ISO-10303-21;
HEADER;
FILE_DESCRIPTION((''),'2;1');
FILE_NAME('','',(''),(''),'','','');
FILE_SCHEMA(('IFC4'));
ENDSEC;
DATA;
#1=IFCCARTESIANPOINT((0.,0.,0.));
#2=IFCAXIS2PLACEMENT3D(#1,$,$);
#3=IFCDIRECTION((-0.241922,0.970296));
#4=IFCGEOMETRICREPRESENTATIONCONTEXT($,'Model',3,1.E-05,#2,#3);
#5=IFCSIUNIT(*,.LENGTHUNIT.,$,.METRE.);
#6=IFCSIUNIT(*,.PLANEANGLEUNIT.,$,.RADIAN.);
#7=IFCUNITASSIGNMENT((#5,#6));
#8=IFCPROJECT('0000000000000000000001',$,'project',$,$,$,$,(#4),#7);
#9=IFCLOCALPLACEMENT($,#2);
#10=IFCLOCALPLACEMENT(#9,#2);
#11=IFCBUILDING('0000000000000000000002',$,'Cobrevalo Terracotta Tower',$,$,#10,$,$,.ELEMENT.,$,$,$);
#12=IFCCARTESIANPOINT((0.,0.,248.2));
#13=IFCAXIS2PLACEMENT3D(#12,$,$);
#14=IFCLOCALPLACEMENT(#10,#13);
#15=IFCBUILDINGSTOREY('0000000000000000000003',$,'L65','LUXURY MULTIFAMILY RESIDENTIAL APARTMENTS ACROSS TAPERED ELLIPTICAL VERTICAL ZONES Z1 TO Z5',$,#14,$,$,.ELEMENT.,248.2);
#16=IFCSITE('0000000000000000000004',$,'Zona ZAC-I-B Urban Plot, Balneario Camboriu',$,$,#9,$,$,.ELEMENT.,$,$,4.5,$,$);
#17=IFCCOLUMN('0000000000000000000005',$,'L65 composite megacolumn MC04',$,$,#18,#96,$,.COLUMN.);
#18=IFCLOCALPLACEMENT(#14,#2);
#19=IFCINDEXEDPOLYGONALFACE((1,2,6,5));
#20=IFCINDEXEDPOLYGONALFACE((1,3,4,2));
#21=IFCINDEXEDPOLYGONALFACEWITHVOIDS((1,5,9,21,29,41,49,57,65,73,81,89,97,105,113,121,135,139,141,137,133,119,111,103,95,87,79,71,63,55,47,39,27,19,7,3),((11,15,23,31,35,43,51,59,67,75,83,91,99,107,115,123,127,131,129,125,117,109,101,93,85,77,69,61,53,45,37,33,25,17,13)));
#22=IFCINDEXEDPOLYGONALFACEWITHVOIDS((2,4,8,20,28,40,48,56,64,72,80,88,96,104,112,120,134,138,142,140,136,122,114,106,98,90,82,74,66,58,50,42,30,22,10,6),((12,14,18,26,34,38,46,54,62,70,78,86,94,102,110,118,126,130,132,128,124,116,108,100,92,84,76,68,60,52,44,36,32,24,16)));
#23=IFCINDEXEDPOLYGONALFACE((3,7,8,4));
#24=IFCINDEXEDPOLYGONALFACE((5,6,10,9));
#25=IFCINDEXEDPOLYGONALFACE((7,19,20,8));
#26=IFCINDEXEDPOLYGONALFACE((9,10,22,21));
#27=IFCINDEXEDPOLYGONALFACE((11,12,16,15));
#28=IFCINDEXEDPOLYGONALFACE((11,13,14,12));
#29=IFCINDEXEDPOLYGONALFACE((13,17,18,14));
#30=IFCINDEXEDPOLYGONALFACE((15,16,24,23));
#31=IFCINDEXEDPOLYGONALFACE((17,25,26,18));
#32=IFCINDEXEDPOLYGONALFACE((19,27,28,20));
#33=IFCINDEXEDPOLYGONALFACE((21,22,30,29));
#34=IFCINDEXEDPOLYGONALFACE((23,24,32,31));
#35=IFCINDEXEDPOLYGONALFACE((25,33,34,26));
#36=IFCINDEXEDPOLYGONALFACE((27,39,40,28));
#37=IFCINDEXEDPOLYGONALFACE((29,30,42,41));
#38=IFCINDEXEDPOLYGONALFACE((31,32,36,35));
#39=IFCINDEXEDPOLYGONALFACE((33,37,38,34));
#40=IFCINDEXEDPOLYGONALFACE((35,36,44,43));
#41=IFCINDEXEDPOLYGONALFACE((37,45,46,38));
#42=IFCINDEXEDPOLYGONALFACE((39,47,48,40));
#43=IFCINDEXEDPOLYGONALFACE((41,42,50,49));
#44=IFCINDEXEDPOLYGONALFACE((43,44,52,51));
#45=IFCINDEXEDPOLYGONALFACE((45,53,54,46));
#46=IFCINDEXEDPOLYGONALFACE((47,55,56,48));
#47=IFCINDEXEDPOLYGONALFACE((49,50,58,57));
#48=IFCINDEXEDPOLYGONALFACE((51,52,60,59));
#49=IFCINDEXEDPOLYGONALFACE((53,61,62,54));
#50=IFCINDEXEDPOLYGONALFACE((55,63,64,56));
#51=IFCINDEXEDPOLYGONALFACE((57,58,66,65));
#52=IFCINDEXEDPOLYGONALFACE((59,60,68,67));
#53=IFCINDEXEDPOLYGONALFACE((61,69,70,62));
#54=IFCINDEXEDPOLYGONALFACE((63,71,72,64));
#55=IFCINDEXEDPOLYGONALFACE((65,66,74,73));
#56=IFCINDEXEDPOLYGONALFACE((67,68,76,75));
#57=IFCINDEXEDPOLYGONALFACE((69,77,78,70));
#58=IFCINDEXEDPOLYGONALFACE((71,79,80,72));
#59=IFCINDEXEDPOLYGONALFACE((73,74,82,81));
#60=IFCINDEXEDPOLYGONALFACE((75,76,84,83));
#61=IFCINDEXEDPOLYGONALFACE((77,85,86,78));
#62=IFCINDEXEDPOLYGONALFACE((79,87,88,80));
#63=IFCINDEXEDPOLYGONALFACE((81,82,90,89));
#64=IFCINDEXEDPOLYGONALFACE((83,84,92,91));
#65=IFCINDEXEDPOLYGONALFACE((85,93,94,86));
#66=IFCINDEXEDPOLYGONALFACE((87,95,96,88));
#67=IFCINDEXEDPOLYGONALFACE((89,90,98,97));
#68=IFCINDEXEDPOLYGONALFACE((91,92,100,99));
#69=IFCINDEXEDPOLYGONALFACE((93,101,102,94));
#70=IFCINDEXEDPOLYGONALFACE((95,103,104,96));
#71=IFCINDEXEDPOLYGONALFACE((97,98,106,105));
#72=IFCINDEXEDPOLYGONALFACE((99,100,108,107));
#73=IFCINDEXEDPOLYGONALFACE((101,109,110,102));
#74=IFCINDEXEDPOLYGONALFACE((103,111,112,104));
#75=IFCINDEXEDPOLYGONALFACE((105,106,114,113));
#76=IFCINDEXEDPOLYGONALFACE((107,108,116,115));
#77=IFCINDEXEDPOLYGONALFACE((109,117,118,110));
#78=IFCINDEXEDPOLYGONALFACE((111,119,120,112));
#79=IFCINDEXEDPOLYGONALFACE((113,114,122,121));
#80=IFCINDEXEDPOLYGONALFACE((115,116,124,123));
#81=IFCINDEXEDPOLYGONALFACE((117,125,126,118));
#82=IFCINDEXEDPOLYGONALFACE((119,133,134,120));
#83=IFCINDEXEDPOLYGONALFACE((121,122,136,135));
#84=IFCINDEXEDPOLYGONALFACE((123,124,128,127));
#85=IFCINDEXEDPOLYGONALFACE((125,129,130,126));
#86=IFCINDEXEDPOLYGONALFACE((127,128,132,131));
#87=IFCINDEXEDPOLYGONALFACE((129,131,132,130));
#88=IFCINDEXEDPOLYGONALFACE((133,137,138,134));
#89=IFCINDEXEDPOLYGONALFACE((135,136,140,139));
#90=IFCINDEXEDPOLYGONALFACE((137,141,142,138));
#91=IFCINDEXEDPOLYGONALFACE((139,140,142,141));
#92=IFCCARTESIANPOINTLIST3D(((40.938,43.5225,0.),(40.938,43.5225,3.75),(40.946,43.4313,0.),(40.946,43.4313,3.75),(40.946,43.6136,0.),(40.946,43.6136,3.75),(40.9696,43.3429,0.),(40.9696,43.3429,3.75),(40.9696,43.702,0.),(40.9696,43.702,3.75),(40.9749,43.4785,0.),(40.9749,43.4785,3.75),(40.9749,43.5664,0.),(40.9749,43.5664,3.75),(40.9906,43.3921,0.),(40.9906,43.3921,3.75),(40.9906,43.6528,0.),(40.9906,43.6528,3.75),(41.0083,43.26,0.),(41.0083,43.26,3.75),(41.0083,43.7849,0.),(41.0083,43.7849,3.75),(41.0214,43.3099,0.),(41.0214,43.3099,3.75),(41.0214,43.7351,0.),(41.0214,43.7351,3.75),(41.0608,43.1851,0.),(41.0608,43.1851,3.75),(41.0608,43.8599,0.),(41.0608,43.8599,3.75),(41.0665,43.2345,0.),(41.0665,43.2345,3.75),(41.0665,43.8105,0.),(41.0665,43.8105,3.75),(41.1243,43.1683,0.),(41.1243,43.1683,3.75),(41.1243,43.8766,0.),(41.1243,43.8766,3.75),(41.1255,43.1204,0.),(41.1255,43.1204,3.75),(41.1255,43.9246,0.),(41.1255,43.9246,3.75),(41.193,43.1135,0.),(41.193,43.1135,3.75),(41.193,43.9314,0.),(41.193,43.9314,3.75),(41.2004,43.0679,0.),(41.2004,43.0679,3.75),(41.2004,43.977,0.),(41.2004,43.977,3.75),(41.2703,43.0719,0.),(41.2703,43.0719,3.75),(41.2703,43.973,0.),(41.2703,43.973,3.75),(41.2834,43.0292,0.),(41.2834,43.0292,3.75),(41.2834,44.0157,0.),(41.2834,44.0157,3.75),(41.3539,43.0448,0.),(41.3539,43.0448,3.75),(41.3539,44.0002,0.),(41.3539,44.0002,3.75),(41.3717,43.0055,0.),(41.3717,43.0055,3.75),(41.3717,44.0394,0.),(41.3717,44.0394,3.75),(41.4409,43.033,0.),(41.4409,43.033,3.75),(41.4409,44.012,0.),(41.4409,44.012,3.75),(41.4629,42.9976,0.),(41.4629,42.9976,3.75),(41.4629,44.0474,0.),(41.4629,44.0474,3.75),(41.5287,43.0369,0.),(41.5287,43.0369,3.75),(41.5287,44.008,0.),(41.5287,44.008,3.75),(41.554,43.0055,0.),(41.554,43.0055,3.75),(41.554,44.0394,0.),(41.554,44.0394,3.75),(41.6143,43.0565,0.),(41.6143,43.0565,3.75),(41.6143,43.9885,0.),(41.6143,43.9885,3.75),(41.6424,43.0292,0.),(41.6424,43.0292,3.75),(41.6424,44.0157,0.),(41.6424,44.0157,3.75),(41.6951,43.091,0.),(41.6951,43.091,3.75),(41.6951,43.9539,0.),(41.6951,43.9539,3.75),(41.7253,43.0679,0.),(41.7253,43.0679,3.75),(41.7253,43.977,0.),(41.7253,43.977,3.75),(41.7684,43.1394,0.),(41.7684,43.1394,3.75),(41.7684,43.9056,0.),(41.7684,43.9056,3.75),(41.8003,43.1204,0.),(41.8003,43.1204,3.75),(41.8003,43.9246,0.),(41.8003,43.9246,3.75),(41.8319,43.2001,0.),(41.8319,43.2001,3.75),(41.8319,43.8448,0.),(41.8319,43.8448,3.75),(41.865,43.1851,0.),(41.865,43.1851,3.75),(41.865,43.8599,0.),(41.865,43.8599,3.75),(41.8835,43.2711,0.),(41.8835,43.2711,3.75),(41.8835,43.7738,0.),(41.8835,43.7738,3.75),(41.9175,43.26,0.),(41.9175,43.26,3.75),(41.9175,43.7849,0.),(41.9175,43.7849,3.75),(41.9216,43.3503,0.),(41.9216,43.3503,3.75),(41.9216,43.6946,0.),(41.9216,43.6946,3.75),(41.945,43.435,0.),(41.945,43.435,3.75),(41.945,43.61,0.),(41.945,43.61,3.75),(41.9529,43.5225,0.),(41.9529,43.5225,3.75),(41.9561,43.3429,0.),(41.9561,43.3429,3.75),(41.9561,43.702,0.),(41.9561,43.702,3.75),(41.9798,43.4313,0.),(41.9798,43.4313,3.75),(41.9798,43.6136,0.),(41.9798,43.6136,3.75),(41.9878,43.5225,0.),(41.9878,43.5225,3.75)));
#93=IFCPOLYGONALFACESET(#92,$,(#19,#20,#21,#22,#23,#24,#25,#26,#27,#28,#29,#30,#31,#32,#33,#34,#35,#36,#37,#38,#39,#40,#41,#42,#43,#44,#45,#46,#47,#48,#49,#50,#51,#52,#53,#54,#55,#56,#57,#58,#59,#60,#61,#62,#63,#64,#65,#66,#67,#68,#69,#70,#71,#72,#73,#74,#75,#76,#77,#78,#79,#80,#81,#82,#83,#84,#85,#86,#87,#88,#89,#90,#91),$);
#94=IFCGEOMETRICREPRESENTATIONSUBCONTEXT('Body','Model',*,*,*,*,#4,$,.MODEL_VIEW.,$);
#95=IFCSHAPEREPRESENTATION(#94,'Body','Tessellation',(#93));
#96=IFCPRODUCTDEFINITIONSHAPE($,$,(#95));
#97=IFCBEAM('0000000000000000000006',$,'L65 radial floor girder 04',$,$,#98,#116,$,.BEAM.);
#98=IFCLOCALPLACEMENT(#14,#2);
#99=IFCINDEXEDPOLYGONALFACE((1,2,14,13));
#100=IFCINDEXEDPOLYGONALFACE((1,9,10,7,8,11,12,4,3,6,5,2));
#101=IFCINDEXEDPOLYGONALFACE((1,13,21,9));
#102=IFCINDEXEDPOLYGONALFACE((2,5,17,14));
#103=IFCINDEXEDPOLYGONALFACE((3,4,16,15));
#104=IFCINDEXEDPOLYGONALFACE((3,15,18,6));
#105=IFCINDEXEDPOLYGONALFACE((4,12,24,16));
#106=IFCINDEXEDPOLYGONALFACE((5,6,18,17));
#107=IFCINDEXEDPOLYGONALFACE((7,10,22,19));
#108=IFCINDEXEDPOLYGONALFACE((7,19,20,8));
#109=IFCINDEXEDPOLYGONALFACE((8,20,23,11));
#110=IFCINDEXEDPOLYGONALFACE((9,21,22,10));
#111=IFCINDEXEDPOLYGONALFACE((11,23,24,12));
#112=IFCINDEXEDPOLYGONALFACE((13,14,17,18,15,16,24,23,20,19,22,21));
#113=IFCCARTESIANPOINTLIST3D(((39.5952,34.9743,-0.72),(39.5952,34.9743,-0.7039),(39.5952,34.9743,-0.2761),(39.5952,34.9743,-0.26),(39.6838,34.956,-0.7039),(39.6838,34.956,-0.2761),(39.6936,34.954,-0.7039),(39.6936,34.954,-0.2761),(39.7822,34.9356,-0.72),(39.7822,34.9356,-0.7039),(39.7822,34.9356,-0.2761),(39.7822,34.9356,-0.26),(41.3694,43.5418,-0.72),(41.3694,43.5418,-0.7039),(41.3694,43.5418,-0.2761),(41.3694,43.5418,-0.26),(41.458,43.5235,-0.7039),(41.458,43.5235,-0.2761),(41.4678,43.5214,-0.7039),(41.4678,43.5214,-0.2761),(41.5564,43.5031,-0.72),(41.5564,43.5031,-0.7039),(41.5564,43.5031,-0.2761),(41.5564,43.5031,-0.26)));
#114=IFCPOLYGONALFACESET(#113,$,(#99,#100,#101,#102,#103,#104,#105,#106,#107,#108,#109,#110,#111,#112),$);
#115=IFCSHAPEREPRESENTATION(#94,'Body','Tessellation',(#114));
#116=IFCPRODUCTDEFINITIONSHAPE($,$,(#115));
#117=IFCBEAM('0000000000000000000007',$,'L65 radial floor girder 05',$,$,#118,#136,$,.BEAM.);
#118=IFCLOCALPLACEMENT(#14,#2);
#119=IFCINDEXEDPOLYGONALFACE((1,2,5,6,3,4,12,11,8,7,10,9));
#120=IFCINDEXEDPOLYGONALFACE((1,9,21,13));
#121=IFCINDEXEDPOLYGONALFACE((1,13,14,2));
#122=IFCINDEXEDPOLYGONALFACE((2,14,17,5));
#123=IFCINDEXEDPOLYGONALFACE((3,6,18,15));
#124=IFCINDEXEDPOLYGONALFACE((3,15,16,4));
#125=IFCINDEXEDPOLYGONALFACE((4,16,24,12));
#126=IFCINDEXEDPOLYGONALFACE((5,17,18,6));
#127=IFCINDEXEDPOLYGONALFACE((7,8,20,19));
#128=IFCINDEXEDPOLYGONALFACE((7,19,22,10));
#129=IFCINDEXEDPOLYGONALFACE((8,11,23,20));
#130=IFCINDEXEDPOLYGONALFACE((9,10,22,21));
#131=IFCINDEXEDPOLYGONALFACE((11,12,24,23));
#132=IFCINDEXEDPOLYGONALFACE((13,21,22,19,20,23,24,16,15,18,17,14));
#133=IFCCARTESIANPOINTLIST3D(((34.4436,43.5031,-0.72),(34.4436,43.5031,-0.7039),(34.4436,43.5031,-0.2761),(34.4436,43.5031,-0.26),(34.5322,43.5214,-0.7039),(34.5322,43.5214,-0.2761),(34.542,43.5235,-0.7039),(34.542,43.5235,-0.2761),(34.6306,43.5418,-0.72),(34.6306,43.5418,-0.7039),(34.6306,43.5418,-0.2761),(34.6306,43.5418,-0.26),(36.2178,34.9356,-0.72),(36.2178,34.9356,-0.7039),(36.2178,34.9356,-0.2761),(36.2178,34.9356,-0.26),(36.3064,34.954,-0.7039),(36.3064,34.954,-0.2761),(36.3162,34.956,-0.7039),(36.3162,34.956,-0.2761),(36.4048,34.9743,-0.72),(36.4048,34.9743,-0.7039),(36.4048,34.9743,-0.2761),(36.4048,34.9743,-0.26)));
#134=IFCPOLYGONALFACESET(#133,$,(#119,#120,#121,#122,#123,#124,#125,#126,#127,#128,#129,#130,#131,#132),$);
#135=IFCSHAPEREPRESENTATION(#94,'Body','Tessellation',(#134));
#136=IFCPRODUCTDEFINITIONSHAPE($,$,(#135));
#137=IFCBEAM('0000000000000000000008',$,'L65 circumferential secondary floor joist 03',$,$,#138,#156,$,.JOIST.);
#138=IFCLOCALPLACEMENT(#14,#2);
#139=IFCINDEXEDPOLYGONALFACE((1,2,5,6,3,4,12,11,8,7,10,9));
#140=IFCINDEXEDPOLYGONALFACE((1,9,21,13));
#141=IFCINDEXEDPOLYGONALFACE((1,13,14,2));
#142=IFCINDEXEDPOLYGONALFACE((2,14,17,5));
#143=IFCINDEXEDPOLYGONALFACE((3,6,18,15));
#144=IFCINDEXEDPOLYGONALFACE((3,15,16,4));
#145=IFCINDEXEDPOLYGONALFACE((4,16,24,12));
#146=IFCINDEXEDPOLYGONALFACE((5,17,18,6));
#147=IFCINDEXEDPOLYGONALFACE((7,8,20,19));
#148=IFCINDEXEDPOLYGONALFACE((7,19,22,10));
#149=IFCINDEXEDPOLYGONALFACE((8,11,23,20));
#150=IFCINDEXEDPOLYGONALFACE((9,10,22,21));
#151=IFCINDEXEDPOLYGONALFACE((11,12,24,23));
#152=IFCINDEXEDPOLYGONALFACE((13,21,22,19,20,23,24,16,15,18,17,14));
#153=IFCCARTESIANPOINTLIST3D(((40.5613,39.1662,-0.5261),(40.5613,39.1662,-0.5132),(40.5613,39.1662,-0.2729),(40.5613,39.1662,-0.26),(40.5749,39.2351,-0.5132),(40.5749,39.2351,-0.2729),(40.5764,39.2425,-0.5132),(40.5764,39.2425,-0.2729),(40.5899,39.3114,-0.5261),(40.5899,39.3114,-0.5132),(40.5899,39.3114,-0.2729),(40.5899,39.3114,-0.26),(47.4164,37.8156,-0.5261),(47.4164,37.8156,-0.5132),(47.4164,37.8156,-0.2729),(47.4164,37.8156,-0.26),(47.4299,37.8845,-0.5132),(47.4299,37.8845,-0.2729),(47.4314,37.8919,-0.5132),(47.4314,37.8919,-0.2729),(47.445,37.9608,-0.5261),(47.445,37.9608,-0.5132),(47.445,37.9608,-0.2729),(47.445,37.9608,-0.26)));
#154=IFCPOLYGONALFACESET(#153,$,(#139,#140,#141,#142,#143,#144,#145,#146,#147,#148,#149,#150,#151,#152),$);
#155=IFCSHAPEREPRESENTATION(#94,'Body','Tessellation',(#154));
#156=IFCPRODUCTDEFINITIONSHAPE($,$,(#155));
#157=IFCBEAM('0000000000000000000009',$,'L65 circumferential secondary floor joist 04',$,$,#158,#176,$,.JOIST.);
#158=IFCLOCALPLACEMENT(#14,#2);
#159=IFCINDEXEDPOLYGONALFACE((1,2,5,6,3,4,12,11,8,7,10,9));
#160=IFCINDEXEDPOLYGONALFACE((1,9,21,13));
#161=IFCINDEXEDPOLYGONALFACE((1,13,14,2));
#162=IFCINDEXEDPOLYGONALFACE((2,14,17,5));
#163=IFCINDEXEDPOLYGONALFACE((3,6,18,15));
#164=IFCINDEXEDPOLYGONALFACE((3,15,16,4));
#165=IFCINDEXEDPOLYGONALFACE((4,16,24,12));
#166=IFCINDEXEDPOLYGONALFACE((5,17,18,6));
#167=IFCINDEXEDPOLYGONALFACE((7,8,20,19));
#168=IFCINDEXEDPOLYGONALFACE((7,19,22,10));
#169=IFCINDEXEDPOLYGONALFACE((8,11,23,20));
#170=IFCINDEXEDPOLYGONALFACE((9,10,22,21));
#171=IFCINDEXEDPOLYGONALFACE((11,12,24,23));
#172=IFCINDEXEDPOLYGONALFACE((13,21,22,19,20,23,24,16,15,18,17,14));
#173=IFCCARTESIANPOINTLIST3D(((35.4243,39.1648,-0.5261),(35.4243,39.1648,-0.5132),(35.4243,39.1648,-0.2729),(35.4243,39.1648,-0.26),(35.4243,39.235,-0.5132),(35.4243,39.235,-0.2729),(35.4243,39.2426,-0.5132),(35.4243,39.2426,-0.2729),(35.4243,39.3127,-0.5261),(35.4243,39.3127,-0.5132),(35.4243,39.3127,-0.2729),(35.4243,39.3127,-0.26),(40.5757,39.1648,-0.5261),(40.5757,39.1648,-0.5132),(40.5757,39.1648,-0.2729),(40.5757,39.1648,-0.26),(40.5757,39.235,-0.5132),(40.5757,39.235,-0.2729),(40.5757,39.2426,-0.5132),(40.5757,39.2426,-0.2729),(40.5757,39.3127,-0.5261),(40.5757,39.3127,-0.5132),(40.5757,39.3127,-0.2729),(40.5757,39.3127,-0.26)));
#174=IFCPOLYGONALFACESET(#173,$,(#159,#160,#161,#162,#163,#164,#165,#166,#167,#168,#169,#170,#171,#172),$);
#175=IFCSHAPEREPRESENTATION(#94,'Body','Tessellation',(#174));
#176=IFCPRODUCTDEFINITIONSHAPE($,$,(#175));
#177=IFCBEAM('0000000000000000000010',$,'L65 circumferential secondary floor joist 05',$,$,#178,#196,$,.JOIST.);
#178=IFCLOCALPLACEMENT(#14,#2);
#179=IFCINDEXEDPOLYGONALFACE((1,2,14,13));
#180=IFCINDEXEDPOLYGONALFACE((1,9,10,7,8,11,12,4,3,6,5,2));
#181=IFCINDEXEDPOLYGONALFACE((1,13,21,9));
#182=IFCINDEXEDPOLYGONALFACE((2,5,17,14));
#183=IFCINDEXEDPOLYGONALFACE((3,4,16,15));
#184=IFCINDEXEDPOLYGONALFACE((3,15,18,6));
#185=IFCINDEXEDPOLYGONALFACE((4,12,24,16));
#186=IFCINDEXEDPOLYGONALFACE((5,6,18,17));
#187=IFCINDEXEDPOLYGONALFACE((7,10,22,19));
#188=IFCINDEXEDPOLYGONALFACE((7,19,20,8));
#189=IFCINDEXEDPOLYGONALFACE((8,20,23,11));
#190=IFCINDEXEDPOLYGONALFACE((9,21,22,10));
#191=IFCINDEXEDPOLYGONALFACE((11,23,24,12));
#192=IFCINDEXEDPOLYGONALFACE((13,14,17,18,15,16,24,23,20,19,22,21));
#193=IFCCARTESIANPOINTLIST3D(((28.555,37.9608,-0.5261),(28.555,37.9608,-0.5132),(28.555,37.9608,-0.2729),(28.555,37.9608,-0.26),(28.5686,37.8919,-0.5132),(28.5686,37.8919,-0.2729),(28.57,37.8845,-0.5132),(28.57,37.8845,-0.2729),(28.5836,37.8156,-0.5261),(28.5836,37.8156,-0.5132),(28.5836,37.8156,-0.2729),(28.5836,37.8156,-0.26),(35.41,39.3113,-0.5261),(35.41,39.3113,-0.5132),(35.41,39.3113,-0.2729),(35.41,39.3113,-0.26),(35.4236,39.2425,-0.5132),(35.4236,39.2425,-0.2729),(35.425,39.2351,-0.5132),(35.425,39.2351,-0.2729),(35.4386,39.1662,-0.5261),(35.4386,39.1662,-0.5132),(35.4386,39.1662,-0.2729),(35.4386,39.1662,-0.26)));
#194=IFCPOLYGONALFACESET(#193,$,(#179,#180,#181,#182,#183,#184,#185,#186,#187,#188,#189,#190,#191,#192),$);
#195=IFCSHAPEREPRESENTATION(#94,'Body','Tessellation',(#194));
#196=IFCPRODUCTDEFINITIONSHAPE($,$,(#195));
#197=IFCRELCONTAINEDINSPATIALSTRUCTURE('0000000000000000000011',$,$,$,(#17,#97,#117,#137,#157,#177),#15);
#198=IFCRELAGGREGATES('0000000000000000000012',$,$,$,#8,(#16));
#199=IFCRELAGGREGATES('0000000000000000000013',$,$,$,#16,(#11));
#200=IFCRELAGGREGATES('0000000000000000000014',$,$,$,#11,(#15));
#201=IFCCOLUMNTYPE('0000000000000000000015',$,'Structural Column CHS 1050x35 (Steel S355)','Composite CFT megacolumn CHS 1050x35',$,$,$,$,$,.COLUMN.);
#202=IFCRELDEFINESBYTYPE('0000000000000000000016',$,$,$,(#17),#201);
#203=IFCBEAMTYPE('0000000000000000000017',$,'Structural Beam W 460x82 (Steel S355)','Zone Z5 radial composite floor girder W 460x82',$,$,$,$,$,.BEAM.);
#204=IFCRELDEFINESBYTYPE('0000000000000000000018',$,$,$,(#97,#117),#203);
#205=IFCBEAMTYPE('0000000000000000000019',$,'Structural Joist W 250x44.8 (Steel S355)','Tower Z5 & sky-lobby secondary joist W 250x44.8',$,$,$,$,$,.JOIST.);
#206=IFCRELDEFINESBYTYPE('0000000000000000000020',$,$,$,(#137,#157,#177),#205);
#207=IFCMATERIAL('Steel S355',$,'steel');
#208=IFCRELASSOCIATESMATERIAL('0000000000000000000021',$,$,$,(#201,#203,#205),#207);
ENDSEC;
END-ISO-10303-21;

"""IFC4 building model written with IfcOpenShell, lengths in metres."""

from ifc_helpers import new_model, si_unit, direction, frame, origin, origin_2d, place, context, subcontext, project, spatial, hollow_circle, i_section, extrude, material, material_profile, profile_set, type_object, element, save


model = new_model("IFC4")

# Units and contexts
model_context = context("Model", 3, precision=1e-05, world=origin(), true_north=direction((-0.241922, 0.970296)))
body_context = subcontext(model_context, "Body", "Model", "MODEL_VIEW")
ifc_project = project(units=[si_unit("LENGTHUNIT", "METRE"), si_unit("PLANEANGLEUNIT", "RADIAN")], contexts=[model_context])

# Site, building, storey
site_placement = place(None, origin())
site = spatial("IfcSite", under=ifc_project, at=site_placement, Name="Zona ZAC-I-B Urban Plot, Balneario Camboriu", CompositionType="ELEMENT", RefElevation=4.5)
building_placement = place(site_placement, origin())
building = spatial("IfcBuilding", under=site, at=building_placement, Name="Cobrevalo Terracotta Tower", CompositionType="ELEMENT")
storey_placement = place(building_placement, frame((0.0, 0.0, 248.2)))
storey = spatial("IfcBuildingStorey", under=building, at=storey_placement, Name="L65", Description="LUXURY MULTIFAMILY RESIDENTIAL APARTMENTS ACROSS TAPERED ELLIPTICAL VERTICAL ZONES Z1 TO Z5", CompositionType="ELEMENT", Elevation=248.2)

# Column
ifc_material_1 = material(Name="Steel S355", Category="steel")
ifc_material_profile_1 = material_profile(ifc_material_1, hollow_circle(Radius=0.5249, WallThickness=0.0349, at=origin_2d()), Name="CHS 1050x35")
ifc_profile_set_1 = profile_set([ifc_material_profile_1], Name="Steel S355")
column_type = type_object("IfcColumnType", Name="Structural Column CHS 1050x35 (Steel S355)", Description="Composite CFT megacolumn CHS 1050x35", PredefinedType="COLUMN", material=ifc_profile_set_1)
column_placement = place(storey_placement, frame((41.4629, 43.5225, 0.0), z_axis=(0.0, 0.0, 1.0), x_axis=(1.0, 0.0, 0.0)))
element("IfcColumn", 1, at=column_placement, inside=storey, type_object=column_type, Name="L65 composite megacolumn MC04", PredefinedType="COLUMN", context=body_context, shape_type="SweptSolid", body=[
    extrude(hollow_circle(Radius=0.5249, WallThickness=0.0349, at=origin_2d()), origin(), (0.0, 0.0, 1.0), 3.75),
])

# Beams
ifc_material_profile_2 = material_profile(ifc_material_1, i_section(OverallWidth=0.1909, OverallDepth=0.46, WebThickness=0.01, FlangeThickness=0.0161, at=origin_2d()), Name="W 460x82")
ifc_profile_set_2 = profile_set([ifc_material_profile_2], Name="Steel S355")
beam_type_1 = type_object("IfcBeamType", Name="Structural Beam W 460x82 (Steel S355)", Description="Zone Z5 radial composite floor girder W 460x82", PredefinedType="BEAM", material=ifc_profile_set_2)
for number, where, z_axis, x_axis, name in (
    (2, (41.4629, 43.5225, -0.49), (-0.202782, -0.979224, 0.0), (0.979224, -0.202782, 0.0), "L65 radial floor girder 04"),
    (3, (34.5371, 43.5225, -0.49), (0.202782, -0.979224, 0.0), (0.979224, 0.202782, 0.0), "L65 radial floor girder 05"),
):
    element("IfcBeam", number, at=place(storey_placement, frame(where, z_axis=z_axis, x_axis=x_axis)), inside=storey, type_object=beam_type_1, Name=name, PredefinedType="BEAM", context=body_context, shape_type="SweptSolid", body=[
        extrude(i_section(OverallWidth=0.1909, OverallDepth=0.46, WebThickness=0.01, FlangeThickness=0.0161, at=origin_2d()), origin(), (0.0, 0.0, 1.0), 8.7493),
    ])
ifc_material_profile_3 = material_profile(ifc_material_1, i_section(OverallWidth=0.1479, OverallDepth=0.2661, WebThickness=0.0076, FlangeThickness=0.0129, at=origin_2d()), Name="W 250x44.8")
ifc_profile_set_3 = profile_set([ifc_material_profile_3], Name="Steel S355")
beam_type_2 = type_object("IfcBeamType", Name="Structural Joist W 250x44.8 (Steel S355)", Description="Tower Z5 & sky-lobby secondary joist W 250x44.8", PredefinedType="JOIST", material=ifc_profile_set_3)
beam_1_placement = place(storey_placement, frame((47.4307, 37.8882, -0.3931), z_axis=(-0.981138, 0.193306, 0.0), x_axis=(-0.193306, -0.981138, 0.0)))
element("IfcBeam", 4, at=beam_1_placement, inside=storey, type_object=beam_type_2, Name="L65 circumferential secondary floor joist 03", PredefinedType="JOIST", context=body_context, shape_type="SweptSolid", body=[
    extrude(i_section(OverallWidth=0.1479, OverallDepth=0.2661, WebThickness=0.0076, FlangeThickness=0.0129, at=origin_2d()), origin(), (0.0, 0.0, 1.0), 6.9868),
])
beam_2_placement = place(storey_placement, frame((40.5757, 39.2388, -0.3931), z_axis=(-1.0, 0.0, 0.0), x_axis=(0.0, -1.0, 0.0)))
element("IfcBeam", 5, at=beam_2_placement, inside=storey, type_object=beam_type_2, Name="L65 circumferential secondary floor joist 04", PredefinedType="JOIST", context=body_context, shape_type="SweptSolid", body=[
    extrude(i_section(OverallWidth=0.1479, OverallDepth=0.2661, WebThickness=0.0076, FlangeThickness=0.0129, at=origin_2d()), origin(), (0.0, 0.0, 1.0), 5.1514),
])
beam_3_placement = place(storey_placement, frame((35.4243, 39.2388, -0.3931), z_axis=(-0.981138, -0.193306, 0.0), x_axis=(0.193306, -0.981138, 0.0)))
element("IfcBeam", 6, at=beam_3_placement, inside=storey, type_object=beam_type_2, Name="L65 circumferential secondary floor joist 05", PredefinedType="JOIST", context=body_context, shape_type="SweptSolid", body=[
    extrude(i_section(OverallWidth=0.1479, OverallDepth=0.2661, WebThickness=0.0076, FlangeThickness=0.0129, at=origin_2d()), origin(), (0.0, 0.0, 1.0), 6.9868),
])

save(model, "model.ifc")
